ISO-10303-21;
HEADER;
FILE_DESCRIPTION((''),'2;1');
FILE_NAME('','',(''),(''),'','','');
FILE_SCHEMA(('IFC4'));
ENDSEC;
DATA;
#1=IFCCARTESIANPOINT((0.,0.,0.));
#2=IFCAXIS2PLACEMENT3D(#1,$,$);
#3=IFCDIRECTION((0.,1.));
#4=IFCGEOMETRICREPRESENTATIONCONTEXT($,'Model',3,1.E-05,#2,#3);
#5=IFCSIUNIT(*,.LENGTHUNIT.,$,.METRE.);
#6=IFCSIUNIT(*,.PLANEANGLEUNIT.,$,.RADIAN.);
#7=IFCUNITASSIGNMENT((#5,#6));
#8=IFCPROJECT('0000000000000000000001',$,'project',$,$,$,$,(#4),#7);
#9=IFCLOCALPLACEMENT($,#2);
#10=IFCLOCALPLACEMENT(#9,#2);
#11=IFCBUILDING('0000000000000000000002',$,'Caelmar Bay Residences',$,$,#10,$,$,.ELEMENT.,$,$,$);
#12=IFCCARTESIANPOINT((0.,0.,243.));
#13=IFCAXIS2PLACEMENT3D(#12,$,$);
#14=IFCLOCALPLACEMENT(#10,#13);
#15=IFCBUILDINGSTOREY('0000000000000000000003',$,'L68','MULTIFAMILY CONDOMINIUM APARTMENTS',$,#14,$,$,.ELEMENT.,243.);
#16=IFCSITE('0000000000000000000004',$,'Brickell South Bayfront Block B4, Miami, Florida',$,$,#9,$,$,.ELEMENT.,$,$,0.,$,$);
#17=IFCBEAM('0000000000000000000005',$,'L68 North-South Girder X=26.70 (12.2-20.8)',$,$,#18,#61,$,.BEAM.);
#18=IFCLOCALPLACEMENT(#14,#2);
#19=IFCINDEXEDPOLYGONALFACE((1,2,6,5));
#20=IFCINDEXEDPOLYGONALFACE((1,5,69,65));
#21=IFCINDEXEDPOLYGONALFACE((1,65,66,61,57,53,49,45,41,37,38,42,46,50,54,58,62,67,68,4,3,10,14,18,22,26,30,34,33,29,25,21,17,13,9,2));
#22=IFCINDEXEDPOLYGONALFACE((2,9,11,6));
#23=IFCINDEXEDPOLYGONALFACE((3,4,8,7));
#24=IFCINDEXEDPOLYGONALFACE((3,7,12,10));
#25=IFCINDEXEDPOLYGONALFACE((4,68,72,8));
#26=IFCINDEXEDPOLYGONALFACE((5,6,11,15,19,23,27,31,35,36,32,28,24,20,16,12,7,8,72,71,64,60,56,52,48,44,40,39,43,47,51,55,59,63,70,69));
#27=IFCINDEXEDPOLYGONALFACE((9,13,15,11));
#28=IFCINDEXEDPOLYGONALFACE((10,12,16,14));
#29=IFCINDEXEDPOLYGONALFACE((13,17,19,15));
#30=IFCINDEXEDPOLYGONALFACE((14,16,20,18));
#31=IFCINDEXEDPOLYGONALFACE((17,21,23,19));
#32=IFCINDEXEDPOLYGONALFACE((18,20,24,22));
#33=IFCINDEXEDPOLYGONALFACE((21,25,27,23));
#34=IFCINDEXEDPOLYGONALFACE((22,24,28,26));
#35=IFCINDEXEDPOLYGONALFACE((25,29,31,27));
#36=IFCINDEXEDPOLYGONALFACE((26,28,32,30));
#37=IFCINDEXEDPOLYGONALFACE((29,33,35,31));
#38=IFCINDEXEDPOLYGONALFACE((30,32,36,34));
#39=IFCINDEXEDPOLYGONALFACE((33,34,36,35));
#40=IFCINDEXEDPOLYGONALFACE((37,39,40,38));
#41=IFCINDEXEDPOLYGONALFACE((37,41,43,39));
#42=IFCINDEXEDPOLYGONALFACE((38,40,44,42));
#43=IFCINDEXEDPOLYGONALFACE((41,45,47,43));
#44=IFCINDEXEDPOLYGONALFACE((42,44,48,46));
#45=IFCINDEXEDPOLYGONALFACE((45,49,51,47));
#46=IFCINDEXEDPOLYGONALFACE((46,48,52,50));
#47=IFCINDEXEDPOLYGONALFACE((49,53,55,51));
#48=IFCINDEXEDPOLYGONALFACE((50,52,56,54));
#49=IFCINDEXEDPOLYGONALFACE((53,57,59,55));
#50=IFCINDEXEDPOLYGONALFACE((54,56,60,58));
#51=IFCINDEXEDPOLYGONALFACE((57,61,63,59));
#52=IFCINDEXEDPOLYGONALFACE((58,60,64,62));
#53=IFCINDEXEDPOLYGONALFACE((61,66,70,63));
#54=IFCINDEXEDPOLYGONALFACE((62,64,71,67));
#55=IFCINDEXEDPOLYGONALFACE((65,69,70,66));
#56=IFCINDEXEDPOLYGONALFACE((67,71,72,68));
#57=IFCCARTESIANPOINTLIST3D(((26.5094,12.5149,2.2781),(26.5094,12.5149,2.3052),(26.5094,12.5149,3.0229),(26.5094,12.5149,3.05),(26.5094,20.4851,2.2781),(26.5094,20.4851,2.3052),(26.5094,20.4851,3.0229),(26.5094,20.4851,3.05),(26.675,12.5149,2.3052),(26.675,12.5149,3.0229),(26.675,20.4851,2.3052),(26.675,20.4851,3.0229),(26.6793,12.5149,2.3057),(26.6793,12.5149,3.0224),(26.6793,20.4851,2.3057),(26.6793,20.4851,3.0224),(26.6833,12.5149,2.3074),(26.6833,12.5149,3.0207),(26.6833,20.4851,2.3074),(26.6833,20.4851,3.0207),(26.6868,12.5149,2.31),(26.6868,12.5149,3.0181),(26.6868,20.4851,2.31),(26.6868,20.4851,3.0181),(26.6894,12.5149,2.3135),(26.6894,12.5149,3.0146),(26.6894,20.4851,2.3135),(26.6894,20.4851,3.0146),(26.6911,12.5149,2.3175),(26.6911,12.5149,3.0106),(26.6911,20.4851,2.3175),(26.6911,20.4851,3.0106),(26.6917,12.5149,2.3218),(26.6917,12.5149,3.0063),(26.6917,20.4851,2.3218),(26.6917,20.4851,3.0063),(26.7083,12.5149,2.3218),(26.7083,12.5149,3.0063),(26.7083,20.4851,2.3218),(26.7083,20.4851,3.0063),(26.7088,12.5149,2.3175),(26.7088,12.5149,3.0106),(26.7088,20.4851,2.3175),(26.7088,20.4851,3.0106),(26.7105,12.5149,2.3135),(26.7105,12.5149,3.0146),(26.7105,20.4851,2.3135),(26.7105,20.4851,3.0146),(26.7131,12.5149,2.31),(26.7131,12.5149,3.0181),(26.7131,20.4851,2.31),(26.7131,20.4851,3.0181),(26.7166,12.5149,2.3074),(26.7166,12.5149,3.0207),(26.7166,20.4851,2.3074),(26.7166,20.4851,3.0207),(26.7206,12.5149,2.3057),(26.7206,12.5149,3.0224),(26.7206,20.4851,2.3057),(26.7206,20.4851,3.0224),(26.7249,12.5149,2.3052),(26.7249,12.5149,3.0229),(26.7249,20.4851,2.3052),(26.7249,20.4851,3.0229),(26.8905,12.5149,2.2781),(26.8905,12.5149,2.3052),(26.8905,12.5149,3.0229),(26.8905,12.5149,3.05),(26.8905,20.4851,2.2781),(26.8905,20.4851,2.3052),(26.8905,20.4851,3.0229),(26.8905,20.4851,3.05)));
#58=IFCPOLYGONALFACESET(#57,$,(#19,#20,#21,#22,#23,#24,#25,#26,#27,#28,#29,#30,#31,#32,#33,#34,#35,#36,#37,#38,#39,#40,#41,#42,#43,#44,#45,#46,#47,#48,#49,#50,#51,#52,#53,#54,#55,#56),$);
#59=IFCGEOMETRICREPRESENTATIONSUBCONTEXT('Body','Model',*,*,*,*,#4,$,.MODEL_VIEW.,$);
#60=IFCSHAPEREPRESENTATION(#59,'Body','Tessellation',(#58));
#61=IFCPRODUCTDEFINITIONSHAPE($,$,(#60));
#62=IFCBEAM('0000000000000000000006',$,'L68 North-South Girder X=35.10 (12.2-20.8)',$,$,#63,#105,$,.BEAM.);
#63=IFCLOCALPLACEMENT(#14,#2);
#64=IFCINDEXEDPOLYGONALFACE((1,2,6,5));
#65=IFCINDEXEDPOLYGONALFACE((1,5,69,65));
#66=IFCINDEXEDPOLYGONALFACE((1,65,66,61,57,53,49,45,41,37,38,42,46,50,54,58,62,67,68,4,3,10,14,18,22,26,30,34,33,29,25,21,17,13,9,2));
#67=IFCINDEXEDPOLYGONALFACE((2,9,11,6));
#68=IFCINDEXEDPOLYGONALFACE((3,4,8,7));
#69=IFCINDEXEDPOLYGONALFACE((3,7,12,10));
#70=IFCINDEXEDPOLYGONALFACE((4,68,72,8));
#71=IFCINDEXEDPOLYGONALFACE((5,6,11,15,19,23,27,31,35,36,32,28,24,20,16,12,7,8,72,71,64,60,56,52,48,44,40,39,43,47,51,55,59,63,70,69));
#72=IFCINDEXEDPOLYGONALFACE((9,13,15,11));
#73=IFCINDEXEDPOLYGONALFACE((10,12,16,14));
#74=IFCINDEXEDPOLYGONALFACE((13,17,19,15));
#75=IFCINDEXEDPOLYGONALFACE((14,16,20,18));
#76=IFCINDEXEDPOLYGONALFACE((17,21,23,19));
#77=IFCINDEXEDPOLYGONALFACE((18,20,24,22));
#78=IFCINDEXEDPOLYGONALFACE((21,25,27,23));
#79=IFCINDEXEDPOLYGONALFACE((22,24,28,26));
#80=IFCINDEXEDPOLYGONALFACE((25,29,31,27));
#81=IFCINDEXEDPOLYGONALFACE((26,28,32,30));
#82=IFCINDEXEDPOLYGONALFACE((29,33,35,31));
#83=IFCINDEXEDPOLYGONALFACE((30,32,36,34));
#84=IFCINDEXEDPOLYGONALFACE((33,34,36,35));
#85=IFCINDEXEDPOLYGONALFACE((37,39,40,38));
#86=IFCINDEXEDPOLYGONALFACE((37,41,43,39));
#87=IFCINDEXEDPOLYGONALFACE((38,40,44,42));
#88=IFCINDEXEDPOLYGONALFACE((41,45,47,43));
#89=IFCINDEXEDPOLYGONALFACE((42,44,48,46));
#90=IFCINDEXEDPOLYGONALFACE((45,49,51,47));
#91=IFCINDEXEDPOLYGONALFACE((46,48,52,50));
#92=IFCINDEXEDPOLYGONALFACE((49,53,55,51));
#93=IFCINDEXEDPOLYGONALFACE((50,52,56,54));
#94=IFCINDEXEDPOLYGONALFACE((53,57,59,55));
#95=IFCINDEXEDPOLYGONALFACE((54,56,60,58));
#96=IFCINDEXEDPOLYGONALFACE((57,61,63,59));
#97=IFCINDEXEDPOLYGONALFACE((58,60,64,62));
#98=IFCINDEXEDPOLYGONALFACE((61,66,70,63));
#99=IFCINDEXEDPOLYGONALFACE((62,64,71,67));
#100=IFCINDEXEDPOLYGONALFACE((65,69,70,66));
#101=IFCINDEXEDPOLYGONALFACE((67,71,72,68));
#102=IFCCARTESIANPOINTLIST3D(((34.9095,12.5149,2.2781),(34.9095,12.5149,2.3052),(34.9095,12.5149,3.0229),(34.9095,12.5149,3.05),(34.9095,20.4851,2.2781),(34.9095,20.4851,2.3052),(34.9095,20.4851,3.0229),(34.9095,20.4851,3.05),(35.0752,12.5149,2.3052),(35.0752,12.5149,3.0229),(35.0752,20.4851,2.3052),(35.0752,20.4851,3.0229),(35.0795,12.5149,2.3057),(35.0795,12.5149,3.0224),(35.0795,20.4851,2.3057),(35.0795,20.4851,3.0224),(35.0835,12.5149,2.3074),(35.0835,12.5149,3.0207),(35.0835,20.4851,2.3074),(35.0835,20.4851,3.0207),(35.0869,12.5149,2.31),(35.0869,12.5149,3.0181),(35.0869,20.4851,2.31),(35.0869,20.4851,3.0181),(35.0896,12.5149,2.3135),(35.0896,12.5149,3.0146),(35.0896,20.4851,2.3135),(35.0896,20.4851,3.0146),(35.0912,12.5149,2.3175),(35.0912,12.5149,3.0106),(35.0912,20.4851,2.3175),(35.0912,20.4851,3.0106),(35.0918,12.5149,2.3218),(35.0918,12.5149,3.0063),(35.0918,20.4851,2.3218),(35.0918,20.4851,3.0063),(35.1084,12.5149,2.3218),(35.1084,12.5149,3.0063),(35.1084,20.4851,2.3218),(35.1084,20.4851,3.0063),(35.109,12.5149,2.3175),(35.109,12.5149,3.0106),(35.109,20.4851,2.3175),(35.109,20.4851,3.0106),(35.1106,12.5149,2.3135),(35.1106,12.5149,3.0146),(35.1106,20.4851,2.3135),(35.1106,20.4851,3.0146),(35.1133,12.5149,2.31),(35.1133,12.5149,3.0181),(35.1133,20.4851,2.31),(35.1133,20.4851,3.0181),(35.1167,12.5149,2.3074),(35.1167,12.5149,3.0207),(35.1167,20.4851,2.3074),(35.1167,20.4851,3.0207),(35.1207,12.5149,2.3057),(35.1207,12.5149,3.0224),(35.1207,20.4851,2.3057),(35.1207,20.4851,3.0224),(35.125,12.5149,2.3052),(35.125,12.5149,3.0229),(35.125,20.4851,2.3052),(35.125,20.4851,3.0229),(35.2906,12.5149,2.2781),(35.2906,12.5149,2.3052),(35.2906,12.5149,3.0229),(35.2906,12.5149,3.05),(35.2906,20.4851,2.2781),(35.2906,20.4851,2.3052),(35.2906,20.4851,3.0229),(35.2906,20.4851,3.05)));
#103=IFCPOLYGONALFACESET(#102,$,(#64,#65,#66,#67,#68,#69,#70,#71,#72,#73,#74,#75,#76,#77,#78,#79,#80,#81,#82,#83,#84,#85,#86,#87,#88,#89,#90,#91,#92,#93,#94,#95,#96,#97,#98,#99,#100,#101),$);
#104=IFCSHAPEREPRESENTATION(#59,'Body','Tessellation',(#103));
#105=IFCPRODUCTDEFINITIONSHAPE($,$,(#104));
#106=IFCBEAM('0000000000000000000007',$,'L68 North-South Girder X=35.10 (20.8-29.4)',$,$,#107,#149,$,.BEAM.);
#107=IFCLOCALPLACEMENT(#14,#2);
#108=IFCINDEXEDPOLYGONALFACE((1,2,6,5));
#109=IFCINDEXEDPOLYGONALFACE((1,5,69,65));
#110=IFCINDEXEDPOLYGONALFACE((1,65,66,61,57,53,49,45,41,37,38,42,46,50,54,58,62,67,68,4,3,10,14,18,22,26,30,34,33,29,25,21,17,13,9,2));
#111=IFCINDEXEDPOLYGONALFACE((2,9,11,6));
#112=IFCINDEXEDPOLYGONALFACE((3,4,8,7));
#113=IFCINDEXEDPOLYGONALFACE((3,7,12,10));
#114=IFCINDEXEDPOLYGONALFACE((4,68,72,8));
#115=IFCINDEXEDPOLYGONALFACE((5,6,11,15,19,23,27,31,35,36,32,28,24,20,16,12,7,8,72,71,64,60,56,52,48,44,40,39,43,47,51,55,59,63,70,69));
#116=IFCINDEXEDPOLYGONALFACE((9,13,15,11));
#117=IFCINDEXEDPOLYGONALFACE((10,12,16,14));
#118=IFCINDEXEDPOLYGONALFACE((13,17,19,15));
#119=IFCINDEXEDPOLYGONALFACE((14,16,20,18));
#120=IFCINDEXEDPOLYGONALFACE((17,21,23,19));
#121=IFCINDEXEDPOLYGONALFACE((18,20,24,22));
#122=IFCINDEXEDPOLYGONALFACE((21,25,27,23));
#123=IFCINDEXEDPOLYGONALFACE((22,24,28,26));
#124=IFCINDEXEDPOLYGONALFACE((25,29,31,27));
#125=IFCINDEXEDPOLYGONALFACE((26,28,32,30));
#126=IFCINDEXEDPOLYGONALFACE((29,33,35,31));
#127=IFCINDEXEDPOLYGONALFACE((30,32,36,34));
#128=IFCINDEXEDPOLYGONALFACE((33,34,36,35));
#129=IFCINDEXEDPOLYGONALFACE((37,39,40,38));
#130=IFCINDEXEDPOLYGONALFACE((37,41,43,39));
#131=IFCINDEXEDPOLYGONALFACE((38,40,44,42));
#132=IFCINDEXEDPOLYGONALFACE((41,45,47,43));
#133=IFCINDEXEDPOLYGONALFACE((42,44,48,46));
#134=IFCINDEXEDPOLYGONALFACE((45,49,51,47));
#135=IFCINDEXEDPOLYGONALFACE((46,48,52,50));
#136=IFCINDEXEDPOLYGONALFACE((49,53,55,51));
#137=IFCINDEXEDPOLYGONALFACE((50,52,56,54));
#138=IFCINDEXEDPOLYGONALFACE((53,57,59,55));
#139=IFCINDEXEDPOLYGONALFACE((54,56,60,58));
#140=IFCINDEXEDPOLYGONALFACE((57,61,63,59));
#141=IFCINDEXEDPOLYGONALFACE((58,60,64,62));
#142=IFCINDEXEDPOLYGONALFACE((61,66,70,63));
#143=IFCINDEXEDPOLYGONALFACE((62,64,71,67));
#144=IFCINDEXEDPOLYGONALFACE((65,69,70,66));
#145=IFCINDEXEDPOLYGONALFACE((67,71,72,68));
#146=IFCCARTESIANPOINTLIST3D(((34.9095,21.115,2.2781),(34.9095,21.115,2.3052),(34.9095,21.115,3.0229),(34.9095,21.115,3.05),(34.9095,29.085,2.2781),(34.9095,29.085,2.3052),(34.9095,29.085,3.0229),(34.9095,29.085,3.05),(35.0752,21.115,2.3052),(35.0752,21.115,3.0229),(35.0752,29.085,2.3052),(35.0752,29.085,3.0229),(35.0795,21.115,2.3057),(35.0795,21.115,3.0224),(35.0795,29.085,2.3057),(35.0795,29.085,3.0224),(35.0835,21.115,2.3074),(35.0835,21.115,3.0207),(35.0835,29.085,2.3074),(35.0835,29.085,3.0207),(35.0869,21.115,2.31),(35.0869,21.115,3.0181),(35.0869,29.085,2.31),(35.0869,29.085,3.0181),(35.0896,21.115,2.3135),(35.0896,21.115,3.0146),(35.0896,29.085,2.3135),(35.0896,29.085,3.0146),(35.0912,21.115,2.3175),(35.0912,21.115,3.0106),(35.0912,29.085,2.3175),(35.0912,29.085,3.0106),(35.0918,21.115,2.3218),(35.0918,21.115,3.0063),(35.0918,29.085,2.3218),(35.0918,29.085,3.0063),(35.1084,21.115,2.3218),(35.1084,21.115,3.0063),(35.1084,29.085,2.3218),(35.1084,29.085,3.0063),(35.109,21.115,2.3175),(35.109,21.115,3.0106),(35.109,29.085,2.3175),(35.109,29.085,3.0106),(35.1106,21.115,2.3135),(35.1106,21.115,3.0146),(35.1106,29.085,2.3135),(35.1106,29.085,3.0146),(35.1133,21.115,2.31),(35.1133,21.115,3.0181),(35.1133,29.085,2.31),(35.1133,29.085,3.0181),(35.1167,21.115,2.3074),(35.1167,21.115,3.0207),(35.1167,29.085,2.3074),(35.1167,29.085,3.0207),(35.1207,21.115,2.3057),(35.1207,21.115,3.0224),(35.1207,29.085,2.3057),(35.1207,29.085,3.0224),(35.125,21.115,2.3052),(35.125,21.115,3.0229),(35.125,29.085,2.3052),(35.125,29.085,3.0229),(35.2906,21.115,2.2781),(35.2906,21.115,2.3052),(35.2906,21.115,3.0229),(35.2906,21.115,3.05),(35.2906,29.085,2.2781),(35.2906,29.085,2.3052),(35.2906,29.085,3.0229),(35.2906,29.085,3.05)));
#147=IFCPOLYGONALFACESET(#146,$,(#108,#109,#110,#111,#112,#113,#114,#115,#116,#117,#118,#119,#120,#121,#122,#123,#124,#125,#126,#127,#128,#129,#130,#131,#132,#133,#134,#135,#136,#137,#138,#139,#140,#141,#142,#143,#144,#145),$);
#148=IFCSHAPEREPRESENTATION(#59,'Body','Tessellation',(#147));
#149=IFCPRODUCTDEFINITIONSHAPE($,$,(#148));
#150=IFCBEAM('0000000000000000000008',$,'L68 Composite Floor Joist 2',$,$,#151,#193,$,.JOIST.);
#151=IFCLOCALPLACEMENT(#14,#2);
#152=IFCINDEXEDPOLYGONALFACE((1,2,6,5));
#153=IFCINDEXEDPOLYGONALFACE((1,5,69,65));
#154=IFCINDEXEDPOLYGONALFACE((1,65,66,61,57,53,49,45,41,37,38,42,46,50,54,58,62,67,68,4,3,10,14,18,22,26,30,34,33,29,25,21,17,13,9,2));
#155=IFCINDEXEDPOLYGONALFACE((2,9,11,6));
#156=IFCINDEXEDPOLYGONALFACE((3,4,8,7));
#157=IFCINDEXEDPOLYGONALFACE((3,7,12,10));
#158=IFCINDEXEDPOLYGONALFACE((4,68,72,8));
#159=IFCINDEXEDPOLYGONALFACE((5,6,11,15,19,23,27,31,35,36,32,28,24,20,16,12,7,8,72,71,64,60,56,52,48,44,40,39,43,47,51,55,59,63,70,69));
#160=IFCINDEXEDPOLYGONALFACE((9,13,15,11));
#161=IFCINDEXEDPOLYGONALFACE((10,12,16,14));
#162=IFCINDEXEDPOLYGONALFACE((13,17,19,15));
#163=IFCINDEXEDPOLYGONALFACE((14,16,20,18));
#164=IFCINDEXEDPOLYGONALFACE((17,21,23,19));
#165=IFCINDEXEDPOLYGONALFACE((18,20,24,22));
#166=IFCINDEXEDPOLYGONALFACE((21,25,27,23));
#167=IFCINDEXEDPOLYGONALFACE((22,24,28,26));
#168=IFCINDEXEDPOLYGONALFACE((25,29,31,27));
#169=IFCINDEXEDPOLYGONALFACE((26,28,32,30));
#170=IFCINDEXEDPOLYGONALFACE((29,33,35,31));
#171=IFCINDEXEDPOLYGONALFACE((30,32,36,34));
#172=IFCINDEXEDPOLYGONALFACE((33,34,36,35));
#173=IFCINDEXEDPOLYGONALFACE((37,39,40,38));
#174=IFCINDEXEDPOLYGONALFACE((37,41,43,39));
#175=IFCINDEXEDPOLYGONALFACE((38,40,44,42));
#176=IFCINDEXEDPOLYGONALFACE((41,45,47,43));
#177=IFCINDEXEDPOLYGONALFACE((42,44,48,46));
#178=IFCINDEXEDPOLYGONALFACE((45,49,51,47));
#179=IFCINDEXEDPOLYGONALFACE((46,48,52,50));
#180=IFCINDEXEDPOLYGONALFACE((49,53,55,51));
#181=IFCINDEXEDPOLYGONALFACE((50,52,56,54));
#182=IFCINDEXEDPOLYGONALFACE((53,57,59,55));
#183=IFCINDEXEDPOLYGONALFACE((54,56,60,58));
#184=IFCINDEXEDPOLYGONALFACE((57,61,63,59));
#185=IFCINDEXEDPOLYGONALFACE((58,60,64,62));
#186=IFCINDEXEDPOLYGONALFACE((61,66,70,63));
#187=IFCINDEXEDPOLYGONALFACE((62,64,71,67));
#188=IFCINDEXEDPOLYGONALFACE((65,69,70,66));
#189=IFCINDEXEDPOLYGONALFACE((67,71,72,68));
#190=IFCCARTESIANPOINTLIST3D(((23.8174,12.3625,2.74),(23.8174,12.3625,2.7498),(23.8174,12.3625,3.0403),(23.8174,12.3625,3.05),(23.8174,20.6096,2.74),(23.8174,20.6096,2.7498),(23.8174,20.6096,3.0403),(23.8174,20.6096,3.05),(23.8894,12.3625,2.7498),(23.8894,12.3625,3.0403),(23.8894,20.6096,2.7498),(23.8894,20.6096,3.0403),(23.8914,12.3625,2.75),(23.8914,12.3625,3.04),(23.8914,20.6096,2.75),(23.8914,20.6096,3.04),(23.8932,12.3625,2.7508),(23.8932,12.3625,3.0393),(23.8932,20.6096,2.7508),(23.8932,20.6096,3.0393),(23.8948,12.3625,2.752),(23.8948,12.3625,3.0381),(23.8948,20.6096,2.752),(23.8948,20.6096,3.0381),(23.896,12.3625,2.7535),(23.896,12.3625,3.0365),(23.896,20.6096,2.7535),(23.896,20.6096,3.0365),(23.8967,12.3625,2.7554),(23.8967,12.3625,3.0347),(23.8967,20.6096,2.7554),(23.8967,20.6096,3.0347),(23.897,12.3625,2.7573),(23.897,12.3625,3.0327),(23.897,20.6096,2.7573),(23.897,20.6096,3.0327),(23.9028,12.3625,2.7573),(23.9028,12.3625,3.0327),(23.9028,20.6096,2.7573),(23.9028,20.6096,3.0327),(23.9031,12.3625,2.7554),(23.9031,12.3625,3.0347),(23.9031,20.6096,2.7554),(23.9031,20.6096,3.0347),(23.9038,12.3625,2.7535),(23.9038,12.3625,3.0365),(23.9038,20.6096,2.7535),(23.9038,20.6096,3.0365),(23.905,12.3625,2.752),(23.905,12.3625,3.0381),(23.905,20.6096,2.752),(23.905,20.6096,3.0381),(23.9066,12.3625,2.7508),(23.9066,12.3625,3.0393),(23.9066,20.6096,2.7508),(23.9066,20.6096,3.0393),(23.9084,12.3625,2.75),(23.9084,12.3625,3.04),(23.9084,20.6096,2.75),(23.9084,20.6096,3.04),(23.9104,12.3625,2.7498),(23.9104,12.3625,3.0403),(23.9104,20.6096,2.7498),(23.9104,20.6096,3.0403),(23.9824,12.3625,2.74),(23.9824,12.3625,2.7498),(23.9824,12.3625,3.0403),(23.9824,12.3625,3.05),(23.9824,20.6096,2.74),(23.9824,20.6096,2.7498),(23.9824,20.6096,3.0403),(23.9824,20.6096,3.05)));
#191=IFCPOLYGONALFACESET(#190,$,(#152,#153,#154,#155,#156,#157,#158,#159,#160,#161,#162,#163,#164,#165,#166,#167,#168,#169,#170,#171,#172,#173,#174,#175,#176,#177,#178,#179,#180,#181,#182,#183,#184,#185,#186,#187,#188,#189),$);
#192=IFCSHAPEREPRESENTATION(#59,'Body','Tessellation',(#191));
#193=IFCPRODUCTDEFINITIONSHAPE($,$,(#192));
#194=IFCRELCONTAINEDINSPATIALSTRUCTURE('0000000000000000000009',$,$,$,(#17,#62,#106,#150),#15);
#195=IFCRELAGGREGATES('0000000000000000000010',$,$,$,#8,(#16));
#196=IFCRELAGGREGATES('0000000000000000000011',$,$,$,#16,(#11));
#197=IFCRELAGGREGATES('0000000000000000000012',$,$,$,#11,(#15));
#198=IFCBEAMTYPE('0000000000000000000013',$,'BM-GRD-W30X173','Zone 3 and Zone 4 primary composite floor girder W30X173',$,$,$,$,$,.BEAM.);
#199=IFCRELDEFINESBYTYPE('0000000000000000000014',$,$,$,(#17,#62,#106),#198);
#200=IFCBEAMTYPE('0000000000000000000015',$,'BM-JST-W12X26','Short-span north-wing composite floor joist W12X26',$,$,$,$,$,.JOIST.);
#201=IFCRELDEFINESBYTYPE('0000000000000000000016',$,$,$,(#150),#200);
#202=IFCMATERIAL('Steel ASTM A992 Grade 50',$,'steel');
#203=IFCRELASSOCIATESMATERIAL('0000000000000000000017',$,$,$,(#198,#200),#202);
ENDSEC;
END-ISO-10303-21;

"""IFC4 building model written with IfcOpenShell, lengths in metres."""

from ifc_helpers import new_model, si_unit, direction, frame, origin, origin_2d, place, context, subcontext, project, spatial, i_section, extrude, material, material_profile, profile_set, type_object, element, save


model = new_model("IFC4")

# Units and contexts
model_context = context("Model", 3, precision=1e-05, world=origin(), true_north=direction((0.0, 1.0)))
body_context = subcontext(model_context, "Body", "Model", "MODEL_VIEW")
ifc_project = project(units=[si_unit("LENGTHUNIT", "METRE"), si_unit("PLANEANGLEUNIT", "RADIAN")], contexts=[model_context])

# Site, building, storey
site_placement = place(None, origin())
site = spatial("IfcSite", under=ifc_project, at=site_placement, Name="Brickell South Bayfront Block B4, Miami, Florida", CompositionType="ELEMENT", RefElevation=0.0)
building_placement = place(site_placement, origin())
building = spatial("IfcBuilding", under=site, at=building_placement, Name="Caelmar Bay Residences", CompositionType="ELEMENT")
storey_placement = place(building_placement, frame((0.0, 0.0, 243.0)))
storey = spatial("IfcBuildingStorey", under=building, at=storey_placement, Name="L68", Description="MULTIFAMILY CONDOMINIUM APARTMENTS", CompositionType="ELEMENT", Elevation=243.0)

# Beams
ifc_material_1 = material(Name="Steel ASTM A992 Grade 50", Category="steel")
ifc_material_profile_1 = material_profile(ifc_material_1, i_section(OverallWidth=0.3811, OverallDepth=0.772, WebThickness=0.0166, FlangeThickness=0.0271, FilletRadius=0.0166, at=origin_2d()), Name="W30X173")
ifc_profile_set_1 = profile_set([ifc_material_profile_1], Name="Steel ASTM A992 Grade 50")
beam_type_1 = type_object("IfcBeamType", Name="BM-GRD-W30X173", Description="Zone 3 and Zone 4 primary composite floor girder W30X173", PredefinedType="BEAM", material=ifc_profile_set_1)
for number, where, z_axis, x_axis, name in (
    (1, (26.7, 12.5149, 2.6641), (0.0, 1.0, 0.0), (-1.0, 0.0, 0.0), "L68 North-South Girder X=26.70 (12.2-20.8)"),
    (2, (35.1001, 12.5149, 2.6641), (0.0, 1.0, 0.0), (-1.0, 0.0, 0.0), "L68 North-South Girder X=35.10 (12.2-20.8)"),
):
    element("IfcBeam", number, at=place(storey_placement, frame(where, z_axis=z_axis, x_axis=x_axis)), inside=storey, type_object=beam_type_1, Name=name, PredefinedType="BEAM", context=body_context, shape_type="SweptSolid", body=[
        extrude(i_section(OverallWidth=0.3811, OverallDepth=0.772, WebThickness=0.0166, FlangeThickness=0.0271, FilletRadius=0.0166, at=origin_2d()), origin(), (0.0, 0.0, 1.0), 7.9702),
    ])
beam_1_placement = place(storey_placement, frame((35.1001, 21.115, 2.6641), z_axis=(0.0, 1.0, 0.0), x_axis=(-1.0, 0.0, 0.0)))
element("IfcBeam", 3, at=beam_1_placement, inside=storey, type_object=beam_type_1, Name="L68 North-South Girder X=35.10 (20.8-29.4)", PredefinedType="BEAM", context=body_context, shape_type="SweptSolid", body=[
    extrude(i_section(OverallWidth=0.3811, OverallDepth=0.772, WebThickness=0.0166, FlangeThickness=0.0271, FilletRadius=0.0166, at=origin_2d()), origin(), (0.0, 0.0, 1.0), 7.97),
])
ifc_material_profile_2 = material_profile(ifc_material_1, i_section(OverallWidth=0.165, OverallDepth=0.3101, WebThickness=0.0059, FlangeThickness=0.0098, FilletRadius=0.0076, at=origin_2d()), Name="W12X26")
ifc_profile_set_2 = profile_set([ifc_material_profile_2], Name="Steel ASTM A992 Grade 50")
beam_type_2 = type_object("IfcBeamType", Name="BM-JST-W12X26", Description="Short-span north-wing composite floor joist W12X26", PredefinedType="JOIST", material=ifc_profile_set_2)
for number, where, z_axis, x_axis, name in (
    (4, (23.8999, 12.3625, 2.895), (0.0, 1.0, 0.0), (-1.0, 0.0, 0.0), "L68 Composite Floor Joist 2"),
):
    element("IfcBeam", number, at=place(storey_placement, frame(where, z_axis=z_axis, x_axis=x_axis)), inside=storey, type_object=beam_type_2, Name=name, PredefinedType="JOIST", context=body_context, shape_type="SweptSolid", body=[
        extrude(i_section(OverallWidth=0.165, OverallDepth=0.3101, WebThickness=0.0059, FlangeThickness=0.0098, FilletRadius=0.0076, at=origin_2d()), origin(), (0.0, 0.0, 1.0), 8.2471),
    ])

save(model, "model.ifc")
